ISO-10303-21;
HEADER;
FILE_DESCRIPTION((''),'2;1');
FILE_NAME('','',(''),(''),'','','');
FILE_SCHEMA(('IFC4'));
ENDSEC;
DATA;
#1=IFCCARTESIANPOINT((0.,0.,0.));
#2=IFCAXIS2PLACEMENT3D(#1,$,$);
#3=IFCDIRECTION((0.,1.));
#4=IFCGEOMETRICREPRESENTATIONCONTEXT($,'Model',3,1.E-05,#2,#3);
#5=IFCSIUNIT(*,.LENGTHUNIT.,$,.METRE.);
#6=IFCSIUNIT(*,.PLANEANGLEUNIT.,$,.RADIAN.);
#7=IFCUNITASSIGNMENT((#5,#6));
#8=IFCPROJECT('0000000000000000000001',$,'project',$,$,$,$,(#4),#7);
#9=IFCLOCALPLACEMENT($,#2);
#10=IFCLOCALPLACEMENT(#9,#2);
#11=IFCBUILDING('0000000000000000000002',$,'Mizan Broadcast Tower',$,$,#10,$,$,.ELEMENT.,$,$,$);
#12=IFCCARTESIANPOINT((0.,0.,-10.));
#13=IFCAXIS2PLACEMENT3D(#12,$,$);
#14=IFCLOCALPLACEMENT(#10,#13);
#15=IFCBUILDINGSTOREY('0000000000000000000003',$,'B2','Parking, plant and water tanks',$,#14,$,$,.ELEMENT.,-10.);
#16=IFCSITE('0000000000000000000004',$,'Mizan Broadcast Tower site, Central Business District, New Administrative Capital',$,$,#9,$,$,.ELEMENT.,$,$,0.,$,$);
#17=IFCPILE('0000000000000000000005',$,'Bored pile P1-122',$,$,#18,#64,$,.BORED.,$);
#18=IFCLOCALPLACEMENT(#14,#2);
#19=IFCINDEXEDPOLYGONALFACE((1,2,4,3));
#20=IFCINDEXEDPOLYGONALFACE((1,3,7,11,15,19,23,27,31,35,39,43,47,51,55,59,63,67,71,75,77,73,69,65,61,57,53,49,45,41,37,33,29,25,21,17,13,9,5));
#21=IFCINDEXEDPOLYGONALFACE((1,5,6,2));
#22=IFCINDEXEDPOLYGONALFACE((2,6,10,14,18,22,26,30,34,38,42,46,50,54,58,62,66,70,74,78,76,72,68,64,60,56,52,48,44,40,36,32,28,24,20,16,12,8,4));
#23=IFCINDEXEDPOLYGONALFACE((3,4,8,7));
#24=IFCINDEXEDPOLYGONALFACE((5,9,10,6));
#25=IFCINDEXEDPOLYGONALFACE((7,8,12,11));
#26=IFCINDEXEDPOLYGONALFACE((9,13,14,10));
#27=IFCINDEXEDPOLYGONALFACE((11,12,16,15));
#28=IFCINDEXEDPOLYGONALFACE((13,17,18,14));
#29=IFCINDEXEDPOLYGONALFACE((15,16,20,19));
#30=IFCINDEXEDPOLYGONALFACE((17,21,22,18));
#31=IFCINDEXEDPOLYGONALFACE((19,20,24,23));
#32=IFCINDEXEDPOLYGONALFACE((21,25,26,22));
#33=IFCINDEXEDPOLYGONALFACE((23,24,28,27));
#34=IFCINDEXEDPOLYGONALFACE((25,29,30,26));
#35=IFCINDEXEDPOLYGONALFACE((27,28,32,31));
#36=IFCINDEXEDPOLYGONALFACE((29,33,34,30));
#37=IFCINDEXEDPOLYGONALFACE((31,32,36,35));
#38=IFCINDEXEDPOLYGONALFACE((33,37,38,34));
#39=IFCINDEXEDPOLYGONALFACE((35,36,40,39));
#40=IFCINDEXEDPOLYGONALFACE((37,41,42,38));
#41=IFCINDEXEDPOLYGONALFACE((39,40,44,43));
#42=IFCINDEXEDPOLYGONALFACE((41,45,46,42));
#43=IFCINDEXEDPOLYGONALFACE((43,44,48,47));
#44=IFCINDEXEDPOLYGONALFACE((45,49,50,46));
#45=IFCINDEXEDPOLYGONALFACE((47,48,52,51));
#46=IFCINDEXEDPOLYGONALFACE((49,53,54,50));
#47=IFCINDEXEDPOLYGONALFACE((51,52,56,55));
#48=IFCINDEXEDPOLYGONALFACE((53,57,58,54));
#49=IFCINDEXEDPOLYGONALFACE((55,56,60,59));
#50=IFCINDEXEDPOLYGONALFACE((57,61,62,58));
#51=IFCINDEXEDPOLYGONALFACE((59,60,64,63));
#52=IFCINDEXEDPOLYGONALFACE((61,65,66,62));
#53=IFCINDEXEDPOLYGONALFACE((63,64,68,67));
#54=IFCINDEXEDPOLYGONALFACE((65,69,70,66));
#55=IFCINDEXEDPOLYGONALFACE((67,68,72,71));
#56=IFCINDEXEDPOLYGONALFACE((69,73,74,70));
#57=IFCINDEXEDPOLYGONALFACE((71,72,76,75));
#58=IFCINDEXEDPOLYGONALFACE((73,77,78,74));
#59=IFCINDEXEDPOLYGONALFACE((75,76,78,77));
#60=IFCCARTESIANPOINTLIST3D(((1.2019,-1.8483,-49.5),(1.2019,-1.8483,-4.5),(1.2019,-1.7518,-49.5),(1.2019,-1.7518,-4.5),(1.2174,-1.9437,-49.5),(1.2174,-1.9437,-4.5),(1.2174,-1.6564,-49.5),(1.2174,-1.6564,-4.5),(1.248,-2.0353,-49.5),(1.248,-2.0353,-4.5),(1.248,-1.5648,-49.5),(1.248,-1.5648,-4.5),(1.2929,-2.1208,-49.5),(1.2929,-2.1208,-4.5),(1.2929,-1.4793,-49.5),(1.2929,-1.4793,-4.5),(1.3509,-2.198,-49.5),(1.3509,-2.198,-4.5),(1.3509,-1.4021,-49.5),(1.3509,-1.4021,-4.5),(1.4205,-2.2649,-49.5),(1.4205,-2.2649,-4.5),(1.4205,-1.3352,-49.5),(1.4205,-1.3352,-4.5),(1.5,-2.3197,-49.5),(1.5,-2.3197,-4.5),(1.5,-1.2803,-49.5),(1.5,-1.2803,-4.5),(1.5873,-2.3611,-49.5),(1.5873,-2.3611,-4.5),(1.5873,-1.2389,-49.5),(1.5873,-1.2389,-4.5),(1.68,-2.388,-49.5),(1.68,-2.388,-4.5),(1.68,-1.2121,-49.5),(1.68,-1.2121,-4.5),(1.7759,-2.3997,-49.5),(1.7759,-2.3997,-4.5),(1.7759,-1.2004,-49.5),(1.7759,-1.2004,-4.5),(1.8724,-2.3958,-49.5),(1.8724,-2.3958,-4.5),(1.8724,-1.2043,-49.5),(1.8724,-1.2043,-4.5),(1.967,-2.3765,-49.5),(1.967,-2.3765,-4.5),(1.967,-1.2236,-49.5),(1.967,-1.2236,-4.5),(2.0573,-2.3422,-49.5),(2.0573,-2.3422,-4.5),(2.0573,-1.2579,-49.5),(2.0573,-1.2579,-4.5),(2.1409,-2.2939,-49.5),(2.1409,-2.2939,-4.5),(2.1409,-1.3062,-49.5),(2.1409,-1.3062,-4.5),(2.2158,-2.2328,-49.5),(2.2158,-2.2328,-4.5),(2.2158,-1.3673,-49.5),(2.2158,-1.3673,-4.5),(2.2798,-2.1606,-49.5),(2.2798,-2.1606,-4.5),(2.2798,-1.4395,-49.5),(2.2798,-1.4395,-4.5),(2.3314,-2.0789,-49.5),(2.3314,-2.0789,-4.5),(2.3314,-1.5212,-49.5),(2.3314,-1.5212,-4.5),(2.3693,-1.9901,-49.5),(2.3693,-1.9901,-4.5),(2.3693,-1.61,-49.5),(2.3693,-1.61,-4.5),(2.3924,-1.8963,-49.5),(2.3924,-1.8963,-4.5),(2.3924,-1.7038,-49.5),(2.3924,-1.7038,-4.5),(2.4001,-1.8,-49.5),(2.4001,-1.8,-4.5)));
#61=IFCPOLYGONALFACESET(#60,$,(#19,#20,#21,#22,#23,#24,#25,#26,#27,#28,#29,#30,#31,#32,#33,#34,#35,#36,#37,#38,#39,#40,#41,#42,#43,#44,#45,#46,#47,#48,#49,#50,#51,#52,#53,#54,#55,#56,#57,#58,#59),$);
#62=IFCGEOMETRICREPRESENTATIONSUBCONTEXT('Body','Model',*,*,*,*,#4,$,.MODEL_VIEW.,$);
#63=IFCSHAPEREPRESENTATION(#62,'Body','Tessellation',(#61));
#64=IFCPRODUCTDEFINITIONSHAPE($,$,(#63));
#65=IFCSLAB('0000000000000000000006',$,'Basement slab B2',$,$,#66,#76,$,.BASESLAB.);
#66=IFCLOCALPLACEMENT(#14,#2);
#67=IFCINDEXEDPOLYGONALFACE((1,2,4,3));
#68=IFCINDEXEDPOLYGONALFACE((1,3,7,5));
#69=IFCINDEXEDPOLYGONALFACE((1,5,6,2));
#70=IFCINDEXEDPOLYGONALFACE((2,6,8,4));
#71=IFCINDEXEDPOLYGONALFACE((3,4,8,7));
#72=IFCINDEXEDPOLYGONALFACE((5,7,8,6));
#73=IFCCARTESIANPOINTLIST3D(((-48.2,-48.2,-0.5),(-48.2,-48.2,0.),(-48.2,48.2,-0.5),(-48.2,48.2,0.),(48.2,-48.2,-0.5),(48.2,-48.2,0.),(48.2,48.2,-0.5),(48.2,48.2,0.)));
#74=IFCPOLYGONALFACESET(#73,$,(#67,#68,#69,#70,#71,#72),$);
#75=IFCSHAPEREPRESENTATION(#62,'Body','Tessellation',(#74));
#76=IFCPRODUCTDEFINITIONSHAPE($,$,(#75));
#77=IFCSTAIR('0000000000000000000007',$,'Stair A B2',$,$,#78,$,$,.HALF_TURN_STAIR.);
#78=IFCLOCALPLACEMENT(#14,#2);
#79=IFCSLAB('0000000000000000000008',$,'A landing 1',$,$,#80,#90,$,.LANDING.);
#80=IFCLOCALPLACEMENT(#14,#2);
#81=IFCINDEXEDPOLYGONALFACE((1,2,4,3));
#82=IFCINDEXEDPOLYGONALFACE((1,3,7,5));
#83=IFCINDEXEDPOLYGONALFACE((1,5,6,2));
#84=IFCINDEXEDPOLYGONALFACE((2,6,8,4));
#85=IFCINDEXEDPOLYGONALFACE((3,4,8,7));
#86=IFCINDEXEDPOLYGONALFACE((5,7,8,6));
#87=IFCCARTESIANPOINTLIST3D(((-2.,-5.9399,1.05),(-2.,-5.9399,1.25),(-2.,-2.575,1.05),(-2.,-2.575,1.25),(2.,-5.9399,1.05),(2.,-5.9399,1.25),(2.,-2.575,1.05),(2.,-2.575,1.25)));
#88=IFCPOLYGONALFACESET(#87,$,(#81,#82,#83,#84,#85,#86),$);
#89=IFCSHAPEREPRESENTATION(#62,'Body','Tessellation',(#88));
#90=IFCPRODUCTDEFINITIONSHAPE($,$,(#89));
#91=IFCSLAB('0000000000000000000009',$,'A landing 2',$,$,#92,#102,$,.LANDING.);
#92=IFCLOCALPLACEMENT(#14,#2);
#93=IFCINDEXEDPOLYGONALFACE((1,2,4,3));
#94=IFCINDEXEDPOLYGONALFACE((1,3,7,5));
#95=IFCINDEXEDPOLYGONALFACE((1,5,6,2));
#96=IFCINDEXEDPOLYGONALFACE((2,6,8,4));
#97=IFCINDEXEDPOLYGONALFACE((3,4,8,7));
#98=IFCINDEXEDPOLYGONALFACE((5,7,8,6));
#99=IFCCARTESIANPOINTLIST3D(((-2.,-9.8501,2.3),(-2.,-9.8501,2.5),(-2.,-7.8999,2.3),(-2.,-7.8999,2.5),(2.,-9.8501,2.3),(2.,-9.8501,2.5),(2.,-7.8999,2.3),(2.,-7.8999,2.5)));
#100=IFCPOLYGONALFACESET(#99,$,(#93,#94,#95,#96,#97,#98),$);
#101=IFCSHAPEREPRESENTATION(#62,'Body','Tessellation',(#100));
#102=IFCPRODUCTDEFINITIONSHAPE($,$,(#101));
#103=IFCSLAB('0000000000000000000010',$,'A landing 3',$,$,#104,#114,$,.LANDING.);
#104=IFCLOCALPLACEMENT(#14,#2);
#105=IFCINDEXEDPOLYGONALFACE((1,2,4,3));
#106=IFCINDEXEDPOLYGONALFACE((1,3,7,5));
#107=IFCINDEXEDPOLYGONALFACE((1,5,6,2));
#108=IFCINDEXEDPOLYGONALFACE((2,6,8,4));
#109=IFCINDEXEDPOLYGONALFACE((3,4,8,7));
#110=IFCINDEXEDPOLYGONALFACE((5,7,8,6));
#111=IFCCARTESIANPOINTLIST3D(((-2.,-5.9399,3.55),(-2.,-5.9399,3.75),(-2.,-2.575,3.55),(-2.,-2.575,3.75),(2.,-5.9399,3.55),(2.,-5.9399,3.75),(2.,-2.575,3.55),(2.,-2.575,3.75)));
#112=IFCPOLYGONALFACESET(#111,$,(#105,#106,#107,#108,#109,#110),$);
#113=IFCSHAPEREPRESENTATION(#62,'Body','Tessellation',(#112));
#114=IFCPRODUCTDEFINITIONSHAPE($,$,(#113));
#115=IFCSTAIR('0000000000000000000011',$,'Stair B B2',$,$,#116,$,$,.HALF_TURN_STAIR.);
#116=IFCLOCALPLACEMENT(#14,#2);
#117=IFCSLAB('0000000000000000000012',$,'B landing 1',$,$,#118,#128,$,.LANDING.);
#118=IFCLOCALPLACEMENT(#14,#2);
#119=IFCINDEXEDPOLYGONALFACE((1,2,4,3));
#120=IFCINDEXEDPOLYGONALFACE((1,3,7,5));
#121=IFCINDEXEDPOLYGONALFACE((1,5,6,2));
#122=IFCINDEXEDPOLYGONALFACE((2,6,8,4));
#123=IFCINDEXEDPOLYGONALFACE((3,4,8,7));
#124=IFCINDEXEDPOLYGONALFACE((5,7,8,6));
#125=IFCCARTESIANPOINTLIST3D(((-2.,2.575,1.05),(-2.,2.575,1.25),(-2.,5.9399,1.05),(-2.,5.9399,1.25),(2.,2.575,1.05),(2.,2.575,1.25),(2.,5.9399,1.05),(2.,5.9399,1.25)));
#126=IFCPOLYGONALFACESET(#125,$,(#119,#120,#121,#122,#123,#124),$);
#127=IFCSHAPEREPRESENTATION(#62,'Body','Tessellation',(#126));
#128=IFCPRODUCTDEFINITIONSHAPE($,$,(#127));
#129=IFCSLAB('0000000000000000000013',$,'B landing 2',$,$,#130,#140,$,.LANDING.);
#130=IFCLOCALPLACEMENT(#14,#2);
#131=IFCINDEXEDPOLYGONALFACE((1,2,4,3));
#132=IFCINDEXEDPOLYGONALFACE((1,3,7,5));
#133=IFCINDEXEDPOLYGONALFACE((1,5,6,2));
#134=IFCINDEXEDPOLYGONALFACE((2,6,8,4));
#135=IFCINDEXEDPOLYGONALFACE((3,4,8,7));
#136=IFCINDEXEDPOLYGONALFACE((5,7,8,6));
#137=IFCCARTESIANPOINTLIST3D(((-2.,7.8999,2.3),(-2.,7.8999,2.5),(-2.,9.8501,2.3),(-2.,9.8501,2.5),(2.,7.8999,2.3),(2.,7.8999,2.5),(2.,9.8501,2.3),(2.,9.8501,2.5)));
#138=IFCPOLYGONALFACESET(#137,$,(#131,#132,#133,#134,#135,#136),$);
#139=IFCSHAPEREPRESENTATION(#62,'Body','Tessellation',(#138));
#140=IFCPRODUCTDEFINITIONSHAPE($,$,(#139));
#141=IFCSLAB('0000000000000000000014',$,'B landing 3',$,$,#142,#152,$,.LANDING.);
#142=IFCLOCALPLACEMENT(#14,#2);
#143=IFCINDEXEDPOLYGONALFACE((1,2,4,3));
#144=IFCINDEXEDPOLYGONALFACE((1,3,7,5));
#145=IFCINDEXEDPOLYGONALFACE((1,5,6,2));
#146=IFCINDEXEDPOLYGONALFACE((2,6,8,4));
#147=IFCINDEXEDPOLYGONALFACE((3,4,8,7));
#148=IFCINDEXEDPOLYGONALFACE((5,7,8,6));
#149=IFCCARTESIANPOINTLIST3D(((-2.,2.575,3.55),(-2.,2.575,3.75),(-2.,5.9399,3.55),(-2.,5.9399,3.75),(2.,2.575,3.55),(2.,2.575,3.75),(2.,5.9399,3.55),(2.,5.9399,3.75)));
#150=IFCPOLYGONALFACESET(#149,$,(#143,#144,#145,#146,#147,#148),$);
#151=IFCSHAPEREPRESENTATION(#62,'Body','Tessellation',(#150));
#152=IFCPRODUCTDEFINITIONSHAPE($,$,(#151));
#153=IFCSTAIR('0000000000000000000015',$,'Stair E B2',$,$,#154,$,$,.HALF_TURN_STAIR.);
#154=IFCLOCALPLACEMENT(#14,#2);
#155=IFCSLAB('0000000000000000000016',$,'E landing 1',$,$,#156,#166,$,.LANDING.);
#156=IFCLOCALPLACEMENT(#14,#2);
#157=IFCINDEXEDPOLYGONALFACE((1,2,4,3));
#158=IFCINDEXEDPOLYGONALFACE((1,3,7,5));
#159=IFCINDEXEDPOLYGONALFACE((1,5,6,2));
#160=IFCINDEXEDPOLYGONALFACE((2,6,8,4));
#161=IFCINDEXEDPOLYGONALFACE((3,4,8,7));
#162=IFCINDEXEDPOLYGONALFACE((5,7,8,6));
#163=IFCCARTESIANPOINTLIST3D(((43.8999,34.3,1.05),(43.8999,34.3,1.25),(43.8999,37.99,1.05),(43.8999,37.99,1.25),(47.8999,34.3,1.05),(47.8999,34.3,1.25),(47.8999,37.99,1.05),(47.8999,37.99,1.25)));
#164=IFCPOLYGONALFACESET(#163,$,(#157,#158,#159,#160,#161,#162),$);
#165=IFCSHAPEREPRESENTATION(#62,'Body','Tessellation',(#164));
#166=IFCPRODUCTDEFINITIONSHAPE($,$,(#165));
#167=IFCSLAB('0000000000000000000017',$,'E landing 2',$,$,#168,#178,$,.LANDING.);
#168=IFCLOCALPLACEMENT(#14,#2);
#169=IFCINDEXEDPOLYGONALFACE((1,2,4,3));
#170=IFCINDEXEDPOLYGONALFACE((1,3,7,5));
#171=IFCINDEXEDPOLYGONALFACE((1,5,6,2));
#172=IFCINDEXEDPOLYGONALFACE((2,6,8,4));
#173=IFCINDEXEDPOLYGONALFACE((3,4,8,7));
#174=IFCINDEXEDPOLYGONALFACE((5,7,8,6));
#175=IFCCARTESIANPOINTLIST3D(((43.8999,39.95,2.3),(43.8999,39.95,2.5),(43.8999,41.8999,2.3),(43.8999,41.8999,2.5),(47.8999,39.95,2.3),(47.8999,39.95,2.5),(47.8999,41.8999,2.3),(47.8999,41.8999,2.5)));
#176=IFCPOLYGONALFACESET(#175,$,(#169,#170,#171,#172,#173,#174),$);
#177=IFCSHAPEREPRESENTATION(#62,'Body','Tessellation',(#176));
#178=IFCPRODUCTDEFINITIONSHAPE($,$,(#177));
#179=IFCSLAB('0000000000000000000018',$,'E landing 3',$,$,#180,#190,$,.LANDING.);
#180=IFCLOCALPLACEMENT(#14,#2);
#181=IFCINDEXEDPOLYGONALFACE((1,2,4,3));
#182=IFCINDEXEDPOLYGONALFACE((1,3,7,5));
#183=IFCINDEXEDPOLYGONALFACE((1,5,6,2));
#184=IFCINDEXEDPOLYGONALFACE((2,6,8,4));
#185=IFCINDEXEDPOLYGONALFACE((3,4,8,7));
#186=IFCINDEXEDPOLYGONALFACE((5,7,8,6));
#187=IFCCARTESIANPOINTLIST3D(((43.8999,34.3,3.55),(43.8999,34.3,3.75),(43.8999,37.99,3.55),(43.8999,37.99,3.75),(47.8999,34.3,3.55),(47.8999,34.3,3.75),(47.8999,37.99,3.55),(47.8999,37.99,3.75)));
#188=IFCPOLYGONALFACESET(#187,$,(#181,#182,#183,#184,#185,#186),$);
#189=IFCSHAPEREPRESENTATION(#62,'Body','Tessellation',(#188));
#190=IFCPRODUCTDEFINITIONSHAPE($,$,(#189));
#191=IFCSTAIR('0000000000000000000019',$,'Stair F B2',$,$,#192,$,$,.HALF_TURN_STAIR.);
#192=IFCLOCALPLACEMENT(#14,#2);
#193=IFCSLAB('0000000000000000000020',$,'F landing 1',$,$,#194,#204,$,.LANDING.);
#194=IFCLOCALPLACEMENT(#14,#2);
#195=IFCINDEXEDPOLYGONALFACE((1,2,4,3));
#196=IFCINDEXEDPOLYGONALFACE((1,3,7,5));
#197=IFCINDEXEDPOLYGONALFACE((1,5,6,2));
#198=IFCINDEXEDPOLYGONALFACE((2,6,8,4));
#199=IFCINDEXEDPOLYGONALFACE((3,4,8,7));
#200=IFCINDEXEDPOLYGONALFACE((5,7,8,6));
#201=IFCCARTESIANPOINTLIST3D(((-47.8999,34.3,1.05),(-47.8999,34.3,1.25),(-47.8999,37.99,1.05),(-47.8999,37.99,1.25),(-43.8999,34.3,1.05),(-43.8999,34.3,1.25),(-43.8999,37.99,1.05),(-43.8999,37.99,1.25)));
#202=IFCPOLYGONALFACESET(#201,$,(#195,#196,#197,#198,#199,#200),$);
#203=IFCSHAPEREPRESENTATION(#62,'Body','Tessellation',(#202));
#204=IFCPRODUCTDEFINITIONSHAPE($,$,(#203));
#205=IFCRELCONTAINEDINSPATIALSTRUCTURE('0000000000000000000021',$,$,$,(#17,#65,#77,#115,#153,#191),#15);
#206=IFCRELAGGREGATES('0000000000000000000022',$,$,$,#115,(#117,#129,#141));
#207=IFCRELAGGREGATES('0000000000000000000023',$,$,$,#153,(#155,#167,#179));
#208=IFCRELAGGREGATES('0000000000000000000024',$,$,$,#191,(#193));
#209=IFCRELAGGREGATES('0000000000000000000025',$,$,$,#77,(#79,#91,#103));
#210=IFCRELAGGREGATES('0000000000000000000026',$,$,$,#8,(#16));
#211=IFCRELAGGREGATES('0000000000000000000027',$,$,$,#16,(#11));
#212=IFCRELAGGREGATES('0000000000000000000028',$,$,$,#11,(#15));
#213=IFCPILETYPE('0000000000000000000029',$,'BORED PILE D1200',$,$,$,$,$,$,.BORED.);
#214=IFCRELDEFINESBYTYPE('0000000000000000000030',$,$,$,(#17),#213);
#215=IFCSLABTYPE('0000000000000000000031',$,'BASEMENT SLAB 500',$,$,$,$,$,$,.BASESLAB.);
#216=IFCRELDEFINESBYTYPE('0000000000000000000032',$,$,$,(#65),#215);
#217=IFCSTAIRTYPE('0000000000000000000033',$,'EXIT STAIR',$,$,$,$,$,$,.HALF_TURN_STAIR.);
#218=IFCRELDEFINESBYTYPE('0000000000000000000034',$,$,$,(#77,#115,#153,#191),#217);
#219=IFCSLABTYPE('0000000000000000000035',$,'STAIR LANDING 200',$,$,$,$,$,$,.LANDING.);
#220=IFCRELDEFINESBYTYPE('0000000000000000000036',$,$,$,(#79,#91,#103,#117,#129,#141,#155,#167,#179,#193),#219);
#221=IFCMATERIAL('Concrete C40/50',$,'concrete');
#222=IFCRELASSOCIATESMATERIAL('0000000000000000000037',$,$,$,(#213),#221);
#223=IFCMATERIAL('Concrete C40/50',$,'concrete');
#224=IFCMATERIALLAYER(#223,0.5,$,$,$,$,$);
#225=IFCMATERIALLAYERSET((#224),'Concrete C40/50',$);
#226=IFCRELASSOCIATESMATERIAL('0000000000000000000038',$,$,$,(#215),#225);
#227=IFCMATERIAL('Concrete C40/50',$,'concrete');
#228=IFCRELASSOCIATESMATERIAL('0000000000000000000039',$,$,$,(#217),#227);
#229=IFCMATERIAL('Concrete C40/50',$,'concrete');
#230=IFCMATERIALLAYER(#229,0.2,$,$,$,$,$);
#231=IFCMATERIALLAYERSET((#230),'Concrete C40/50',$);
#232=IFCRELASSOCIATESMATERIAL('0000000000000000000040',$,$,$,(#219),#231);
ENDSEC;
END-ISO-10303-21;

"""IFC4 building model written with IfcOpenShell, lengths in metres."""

from ifc_helpers import new_model, si_unit, direction, frame, origin, origin_2d, place, context, subcontext, project, spatial, polyline, circle, outline, extrude, material, layer, layer_set, material_profile, profile_set, type_object, element, aggregate, save


model = new_model("IFC4")

# Units and contexts
model_context = context("Model", 3, precision=1e-05, world=origin(), true_north=direction((0.0, 1.0)))
body_context = subcontext(model_context, "Body", "Model", "MODEL_VIEW")
ifc_project = project(units=[si_unit("LENGTHUNIT", "METRE"), si_unit("PLANEANGLEUNIT", "RADIAN")], contexts=[model_context])

# Site, building, storey
site_placement = place(None, origin())
site = spatial("IfcSite", under=ifc_project, at=site_placement, Name="Mizan Broadcast Tower site, Central Business District, New Administrative Capital", CompositionType="ELEMENT", RefElevation=0.0)
building_placement = place(site_placement, origin())
building = spatial("IfcBuilding", under=site, at=building_placement, Name="Mizan Broadcast Tower", CompositionType="ELEMENT")
storey_placement = place(building_placement, frame((0.0, 0.0, -10.0)))
storey = spatial("IfcBuildingStorey", under=building, at=storey_placement, Name="B2", Description="Parking, plant and water tanks", CompositionType="ELEMENT", Elevation=-10.0)

# Pile
ifc_material_1 = material(Name="Concrete C40/50", Category="concrete")
ifc_material_profile = material_profile(ifc_material_1, circle(Radius=0.6001, at=origin_2d()), Name="D1200")
ifc_profile_set = profile_set([ifc_material_profile], Name="Concrete C40/50")
pile_type = type_object("IfcPileType", Name="BORED PILE D1200", PredefinedType="BORED", material=ifc_profile_set)
for number, where, z_axis, x_axis, name in (
    (1, (1.8, -1.8, -4.5), (0.0, 0.0, -1.0), (1.0, 0.0, 0.0), "Bored pile P1-122"),
):
    element("IfcPile", number, at=place(storey_placement, frame(where, z_axis=z_axis, x_axis=x_axis)), inside=storey, type_object=pile_type, Name=name, PredefinedType="BORED", context=body_context, shape_type="SweptSolid", body=[
        extrude(circle(Radius=0.6001, at=origin_2d()), origin(), (0.0, 0.0, 1.0), 45.0),
    ])

# Slab
ifc_material_2 = material(Name="Concrete C40/50", Category="concrete")
ifc_layer_1 = layer(ifc_material_2, 0.5)
ifc_layer_set_1 = layer_set([ifc_layer_1], Name="Concrete C40/50")
slab_type_1 = type_object("IfcSlabType", Name="BASEMENT SLAB 500", PredefinedType="BASESLAB", material=ifc_layer_set_1)
slab_1_placement = place(storey_placement, frame((0.0, 0.0, -0.5)))
element("IfcSlab", 2, at=slab_1_placement, inside=storey, type_object=slab_type_1, Name="Basement slab B2", PredefinedType="BASESLAB", context=body_context, shape_type="SweptSolid", body=[
    extrude(outline(polyline([(48.2, -48.2), (48.2, 48.2), (-48.2, 48.2), (-48.2, -48.2), (48.2, -48.2)])), origin(), (0.0, 0.0, 1.0), 0.5),
])

# Stairs, slabs
ifc_material_3 = material(Name="Concrete C40/50", Category="concrete")
stair_type = type_object("IfcStairType", Name="EXIT STAIR", PredefinedType="HALF_TURN_STAIR", material=ifc_material_3)
stair_1_placement = place(storey_placement, origin())
stair_1 = element("IfcStair", 3, at=stair_1_placement, inside=storey, type_object=stair_type, Name="Stair A B2", PredefinedType="HALF_TURN_STAIR")
ifc_material_4 = material(Name="Concrete C40/50", Category="concrete")
ifc_layer_2 = layer(ifc_material_4, 0.2)
ifc_layer_set_2 = layer_set([ifc_layer_2], Name="Concrete C40/50")
slab_type_2 = type_object("IfcSlabType", Name="STAIR LANDING 200", PredefinedType="LANDING", material=ifc_layer_set_2)
slab_2_placement = place(storey_placement, frame((0.0, 0.0, 1.05)))
slab_2 = element("IfcSlab", 4, at=slab_2_placement, type_object=slab_type_2, Name="A landing 1", PredefinedType="LANDING", context=body_context, shape_type="SweptSolid", body=[
    extrude(outline(polyline([(-2.0, -5.9399), (-2.0, -2.575), (2.0, -2.575), (2.0, -5.9399), (-2.0, -5.9399)])), origin(), (0.0, 0.0, 1.0), 0.2),
])
slab_3_placement = place(storey_placement, frame((0.0, 0.0, 2.3)))
slab_3 = element("IfcSlab", 5, at=slab_3_placement, type_object=slab_type_2, Name="A landing 2", PredefinedType="LANDING", context=body_context, shape_type="SweptSolid", body=[
    extrude(outline(polyline([(-2.0, -9.8501), (-2.0, -7.8999), (2.0, -7.8999), (2.0, -9.8501), (-2.0, -9.8501)])), origin(), (0.0, 0.0, 1.0), 0.2),
])
slab_4_placement = place(storey_placement, frame((0.0, 0.0, 3.55)))
slab_4 = element("IfcSlab", 6, at=slab_4_placement, type_object=slab_type_2, Name="A landing 3", PredefinedType="LANDING", context=body_context, shape_type="SweptSolid", body=[
    extrude(outline(polyline([(-2.0, -5.9399), (-2.0, -2.575), (2.0, -2.575), (2.0, -5.9399), (-2.0, -5.9399)])), origin(), (0.0, 0.0, 1.0), 0.2),
])
stair_2_placement = place(storey_placement, origin())
stair_2 = element("IfcStair", 7, at=stair_2_placement, inside=storey, type_object=stair_type, Name="Stair B B2", PredefinedType="HALF_TURN_STAIR")
slab_5_placement = place(storey_placement, frame((0.0, 0.0, 1.05)))
slab_5 = element("IfcSlab", 8, at=slab_5_placement, type_object=slab_type_2, Name="B landing 1", PredefinedType="LANDING", context=body_context, shape_type="SweptSolid", body=[
    extrude(outline(polyline([(2.0, 5.9399), (2.0, 2.575), (-2.0, 2.575), (-2.0, 5.9399), (2.0, 5.9399)])), origin(), (0.0, 0.0, 1.0), 0.2),
])
slab_6_placement = place(storey_placement, frame((0.0, 0.0, 2.3)))
slab_6 = element("IfcSlab", 9, at=slab_6_placement, type_object=slab_type_2, Name="B landing 2", PredefinedType="LANDING", context=body_context, shape_type="SweptSolid", body=[
    extrude(outline(polyline([(2.0, 9.8501), (2.0, 7.8999), (-2.0, 7.8999), (-2.0, 9.8501), (2.0, 9.8501)])), origin(), (0.0, 0.0, 1.0), 0.2),
])
slab_7_placement = place(storey_placement, frame((0.0, 0.0, 3.55)))
slab_7 = element("IfcSlab", 10, at=slab_7_placement, type_object=slab_type_2, Name="B landing 3", PredefinedType="LANDING", context=body_context, shape_type="SweptSolid", body=[
    extrude(outline(polyline([(2.0, 5.9399), (2.0, 2.575), (-2.0, 2.575), (-2.0, 5.9399), (2.0, 5.9399)])), origin(), (0.0, 0.0, 1.0), 0.2),
])
aggregate(stair_2, [slab_5, slab_6, slab_7])
stair_3_placement = place(storey_placement, origin())
stair_3 = element("IfcStair", 11, at=stair_3_placement, inside=storey, type_object=stair_type, Name="Stair E B2", PredefinedType="HALF_TURN_STAIR")
slab_8_placement = place(storey_placement, frame((0.0, 0.0, 1.05)))
slab_8 = element("IfcSlab", 12, at=slab_8_placement, type_object=slab_type_2, Name="E landing 1", PredefinedType="LANDING", context=body_context, shape_type="SweptSolid", body=[
    extrude(outline(polyline([(43.8999, 37.99), (43.8999, 34.3), (47.8999, 34.3), (47.8999, 37.99), (43.8999, 37.99)])), origin(), (0.0, 0.0, 1.0), 0.2),
])
slab_9_placement = place(storey_placement, frame((0.0, 0.0, 2.3)))
slab_9 = element("IfcSlab", 13, at=slab_9_placement, type_object=slab_type_2, Name="E landing 2", PredefinedType="LANDING", context=body_context, shape_type="SweptSolid", body=[
    extrude(outline(polyline([(43.8999, 41.8999), (43.8999, 39.95), (47.8999, 39.95), (47.8999, 41.8999), (43.8999, 41.8999)])), origin(), (0.0, 0.0, 1.0), 0.2),
])
slab_10_placement = place(storey_placement, frame((0.0, 0.0, 3.55)))
slab_10 = element("IfcSlab", 14, at=slab_10_placement, type_object=slab_type_2, Name="E landing 3", PredefinedType="LANDING", context=body_context, shape_type="SweptSolid", body=[
    extrude(outline(polyline([(43.8999, 37.99), (43.8999, 34.3), (47.8999, 34.3), (47.8999, 37.99), (43.8999, 37.99)])), origin(), (0.0, 0.0, 1.0), 0.2),
])
aggregate(stair_3, [slab_8, slab_9, slab_10])
stair_4_placement = place(storey_placement, origin())
stair_4 = element("IfcStair", 15, at=stair_4_placement, inside=storey, type_object=stair_type, Name="Stair F B2", PredefinedType="HALF_TURN_STAIR")
slab_11_placement = place(storey_placement, frame((0.0, 0.0, 1.05)))
slab_11 = element("IfcSlab", 16, at=slab_11_placement, type_object=slab_type_2, Name="F landing 1", PredefinedType="LANDING", context=body_context, shape_type="SweptSolid", body=[
    extrude(outline(polyline([(-43.8999, 37.99), (-43.8999, 34.3), (-47.8999, 34.3), (-47.8999, 37.99), (-43.8999, 37.99)])), origin(), (0.0, 0.0, 1.0), 0.2),
])
aggregate(stair_4, [slab_11])

aggregate(stair_1, [slab_2, slab_3, slab_4])

save(model, "model.ifc")
